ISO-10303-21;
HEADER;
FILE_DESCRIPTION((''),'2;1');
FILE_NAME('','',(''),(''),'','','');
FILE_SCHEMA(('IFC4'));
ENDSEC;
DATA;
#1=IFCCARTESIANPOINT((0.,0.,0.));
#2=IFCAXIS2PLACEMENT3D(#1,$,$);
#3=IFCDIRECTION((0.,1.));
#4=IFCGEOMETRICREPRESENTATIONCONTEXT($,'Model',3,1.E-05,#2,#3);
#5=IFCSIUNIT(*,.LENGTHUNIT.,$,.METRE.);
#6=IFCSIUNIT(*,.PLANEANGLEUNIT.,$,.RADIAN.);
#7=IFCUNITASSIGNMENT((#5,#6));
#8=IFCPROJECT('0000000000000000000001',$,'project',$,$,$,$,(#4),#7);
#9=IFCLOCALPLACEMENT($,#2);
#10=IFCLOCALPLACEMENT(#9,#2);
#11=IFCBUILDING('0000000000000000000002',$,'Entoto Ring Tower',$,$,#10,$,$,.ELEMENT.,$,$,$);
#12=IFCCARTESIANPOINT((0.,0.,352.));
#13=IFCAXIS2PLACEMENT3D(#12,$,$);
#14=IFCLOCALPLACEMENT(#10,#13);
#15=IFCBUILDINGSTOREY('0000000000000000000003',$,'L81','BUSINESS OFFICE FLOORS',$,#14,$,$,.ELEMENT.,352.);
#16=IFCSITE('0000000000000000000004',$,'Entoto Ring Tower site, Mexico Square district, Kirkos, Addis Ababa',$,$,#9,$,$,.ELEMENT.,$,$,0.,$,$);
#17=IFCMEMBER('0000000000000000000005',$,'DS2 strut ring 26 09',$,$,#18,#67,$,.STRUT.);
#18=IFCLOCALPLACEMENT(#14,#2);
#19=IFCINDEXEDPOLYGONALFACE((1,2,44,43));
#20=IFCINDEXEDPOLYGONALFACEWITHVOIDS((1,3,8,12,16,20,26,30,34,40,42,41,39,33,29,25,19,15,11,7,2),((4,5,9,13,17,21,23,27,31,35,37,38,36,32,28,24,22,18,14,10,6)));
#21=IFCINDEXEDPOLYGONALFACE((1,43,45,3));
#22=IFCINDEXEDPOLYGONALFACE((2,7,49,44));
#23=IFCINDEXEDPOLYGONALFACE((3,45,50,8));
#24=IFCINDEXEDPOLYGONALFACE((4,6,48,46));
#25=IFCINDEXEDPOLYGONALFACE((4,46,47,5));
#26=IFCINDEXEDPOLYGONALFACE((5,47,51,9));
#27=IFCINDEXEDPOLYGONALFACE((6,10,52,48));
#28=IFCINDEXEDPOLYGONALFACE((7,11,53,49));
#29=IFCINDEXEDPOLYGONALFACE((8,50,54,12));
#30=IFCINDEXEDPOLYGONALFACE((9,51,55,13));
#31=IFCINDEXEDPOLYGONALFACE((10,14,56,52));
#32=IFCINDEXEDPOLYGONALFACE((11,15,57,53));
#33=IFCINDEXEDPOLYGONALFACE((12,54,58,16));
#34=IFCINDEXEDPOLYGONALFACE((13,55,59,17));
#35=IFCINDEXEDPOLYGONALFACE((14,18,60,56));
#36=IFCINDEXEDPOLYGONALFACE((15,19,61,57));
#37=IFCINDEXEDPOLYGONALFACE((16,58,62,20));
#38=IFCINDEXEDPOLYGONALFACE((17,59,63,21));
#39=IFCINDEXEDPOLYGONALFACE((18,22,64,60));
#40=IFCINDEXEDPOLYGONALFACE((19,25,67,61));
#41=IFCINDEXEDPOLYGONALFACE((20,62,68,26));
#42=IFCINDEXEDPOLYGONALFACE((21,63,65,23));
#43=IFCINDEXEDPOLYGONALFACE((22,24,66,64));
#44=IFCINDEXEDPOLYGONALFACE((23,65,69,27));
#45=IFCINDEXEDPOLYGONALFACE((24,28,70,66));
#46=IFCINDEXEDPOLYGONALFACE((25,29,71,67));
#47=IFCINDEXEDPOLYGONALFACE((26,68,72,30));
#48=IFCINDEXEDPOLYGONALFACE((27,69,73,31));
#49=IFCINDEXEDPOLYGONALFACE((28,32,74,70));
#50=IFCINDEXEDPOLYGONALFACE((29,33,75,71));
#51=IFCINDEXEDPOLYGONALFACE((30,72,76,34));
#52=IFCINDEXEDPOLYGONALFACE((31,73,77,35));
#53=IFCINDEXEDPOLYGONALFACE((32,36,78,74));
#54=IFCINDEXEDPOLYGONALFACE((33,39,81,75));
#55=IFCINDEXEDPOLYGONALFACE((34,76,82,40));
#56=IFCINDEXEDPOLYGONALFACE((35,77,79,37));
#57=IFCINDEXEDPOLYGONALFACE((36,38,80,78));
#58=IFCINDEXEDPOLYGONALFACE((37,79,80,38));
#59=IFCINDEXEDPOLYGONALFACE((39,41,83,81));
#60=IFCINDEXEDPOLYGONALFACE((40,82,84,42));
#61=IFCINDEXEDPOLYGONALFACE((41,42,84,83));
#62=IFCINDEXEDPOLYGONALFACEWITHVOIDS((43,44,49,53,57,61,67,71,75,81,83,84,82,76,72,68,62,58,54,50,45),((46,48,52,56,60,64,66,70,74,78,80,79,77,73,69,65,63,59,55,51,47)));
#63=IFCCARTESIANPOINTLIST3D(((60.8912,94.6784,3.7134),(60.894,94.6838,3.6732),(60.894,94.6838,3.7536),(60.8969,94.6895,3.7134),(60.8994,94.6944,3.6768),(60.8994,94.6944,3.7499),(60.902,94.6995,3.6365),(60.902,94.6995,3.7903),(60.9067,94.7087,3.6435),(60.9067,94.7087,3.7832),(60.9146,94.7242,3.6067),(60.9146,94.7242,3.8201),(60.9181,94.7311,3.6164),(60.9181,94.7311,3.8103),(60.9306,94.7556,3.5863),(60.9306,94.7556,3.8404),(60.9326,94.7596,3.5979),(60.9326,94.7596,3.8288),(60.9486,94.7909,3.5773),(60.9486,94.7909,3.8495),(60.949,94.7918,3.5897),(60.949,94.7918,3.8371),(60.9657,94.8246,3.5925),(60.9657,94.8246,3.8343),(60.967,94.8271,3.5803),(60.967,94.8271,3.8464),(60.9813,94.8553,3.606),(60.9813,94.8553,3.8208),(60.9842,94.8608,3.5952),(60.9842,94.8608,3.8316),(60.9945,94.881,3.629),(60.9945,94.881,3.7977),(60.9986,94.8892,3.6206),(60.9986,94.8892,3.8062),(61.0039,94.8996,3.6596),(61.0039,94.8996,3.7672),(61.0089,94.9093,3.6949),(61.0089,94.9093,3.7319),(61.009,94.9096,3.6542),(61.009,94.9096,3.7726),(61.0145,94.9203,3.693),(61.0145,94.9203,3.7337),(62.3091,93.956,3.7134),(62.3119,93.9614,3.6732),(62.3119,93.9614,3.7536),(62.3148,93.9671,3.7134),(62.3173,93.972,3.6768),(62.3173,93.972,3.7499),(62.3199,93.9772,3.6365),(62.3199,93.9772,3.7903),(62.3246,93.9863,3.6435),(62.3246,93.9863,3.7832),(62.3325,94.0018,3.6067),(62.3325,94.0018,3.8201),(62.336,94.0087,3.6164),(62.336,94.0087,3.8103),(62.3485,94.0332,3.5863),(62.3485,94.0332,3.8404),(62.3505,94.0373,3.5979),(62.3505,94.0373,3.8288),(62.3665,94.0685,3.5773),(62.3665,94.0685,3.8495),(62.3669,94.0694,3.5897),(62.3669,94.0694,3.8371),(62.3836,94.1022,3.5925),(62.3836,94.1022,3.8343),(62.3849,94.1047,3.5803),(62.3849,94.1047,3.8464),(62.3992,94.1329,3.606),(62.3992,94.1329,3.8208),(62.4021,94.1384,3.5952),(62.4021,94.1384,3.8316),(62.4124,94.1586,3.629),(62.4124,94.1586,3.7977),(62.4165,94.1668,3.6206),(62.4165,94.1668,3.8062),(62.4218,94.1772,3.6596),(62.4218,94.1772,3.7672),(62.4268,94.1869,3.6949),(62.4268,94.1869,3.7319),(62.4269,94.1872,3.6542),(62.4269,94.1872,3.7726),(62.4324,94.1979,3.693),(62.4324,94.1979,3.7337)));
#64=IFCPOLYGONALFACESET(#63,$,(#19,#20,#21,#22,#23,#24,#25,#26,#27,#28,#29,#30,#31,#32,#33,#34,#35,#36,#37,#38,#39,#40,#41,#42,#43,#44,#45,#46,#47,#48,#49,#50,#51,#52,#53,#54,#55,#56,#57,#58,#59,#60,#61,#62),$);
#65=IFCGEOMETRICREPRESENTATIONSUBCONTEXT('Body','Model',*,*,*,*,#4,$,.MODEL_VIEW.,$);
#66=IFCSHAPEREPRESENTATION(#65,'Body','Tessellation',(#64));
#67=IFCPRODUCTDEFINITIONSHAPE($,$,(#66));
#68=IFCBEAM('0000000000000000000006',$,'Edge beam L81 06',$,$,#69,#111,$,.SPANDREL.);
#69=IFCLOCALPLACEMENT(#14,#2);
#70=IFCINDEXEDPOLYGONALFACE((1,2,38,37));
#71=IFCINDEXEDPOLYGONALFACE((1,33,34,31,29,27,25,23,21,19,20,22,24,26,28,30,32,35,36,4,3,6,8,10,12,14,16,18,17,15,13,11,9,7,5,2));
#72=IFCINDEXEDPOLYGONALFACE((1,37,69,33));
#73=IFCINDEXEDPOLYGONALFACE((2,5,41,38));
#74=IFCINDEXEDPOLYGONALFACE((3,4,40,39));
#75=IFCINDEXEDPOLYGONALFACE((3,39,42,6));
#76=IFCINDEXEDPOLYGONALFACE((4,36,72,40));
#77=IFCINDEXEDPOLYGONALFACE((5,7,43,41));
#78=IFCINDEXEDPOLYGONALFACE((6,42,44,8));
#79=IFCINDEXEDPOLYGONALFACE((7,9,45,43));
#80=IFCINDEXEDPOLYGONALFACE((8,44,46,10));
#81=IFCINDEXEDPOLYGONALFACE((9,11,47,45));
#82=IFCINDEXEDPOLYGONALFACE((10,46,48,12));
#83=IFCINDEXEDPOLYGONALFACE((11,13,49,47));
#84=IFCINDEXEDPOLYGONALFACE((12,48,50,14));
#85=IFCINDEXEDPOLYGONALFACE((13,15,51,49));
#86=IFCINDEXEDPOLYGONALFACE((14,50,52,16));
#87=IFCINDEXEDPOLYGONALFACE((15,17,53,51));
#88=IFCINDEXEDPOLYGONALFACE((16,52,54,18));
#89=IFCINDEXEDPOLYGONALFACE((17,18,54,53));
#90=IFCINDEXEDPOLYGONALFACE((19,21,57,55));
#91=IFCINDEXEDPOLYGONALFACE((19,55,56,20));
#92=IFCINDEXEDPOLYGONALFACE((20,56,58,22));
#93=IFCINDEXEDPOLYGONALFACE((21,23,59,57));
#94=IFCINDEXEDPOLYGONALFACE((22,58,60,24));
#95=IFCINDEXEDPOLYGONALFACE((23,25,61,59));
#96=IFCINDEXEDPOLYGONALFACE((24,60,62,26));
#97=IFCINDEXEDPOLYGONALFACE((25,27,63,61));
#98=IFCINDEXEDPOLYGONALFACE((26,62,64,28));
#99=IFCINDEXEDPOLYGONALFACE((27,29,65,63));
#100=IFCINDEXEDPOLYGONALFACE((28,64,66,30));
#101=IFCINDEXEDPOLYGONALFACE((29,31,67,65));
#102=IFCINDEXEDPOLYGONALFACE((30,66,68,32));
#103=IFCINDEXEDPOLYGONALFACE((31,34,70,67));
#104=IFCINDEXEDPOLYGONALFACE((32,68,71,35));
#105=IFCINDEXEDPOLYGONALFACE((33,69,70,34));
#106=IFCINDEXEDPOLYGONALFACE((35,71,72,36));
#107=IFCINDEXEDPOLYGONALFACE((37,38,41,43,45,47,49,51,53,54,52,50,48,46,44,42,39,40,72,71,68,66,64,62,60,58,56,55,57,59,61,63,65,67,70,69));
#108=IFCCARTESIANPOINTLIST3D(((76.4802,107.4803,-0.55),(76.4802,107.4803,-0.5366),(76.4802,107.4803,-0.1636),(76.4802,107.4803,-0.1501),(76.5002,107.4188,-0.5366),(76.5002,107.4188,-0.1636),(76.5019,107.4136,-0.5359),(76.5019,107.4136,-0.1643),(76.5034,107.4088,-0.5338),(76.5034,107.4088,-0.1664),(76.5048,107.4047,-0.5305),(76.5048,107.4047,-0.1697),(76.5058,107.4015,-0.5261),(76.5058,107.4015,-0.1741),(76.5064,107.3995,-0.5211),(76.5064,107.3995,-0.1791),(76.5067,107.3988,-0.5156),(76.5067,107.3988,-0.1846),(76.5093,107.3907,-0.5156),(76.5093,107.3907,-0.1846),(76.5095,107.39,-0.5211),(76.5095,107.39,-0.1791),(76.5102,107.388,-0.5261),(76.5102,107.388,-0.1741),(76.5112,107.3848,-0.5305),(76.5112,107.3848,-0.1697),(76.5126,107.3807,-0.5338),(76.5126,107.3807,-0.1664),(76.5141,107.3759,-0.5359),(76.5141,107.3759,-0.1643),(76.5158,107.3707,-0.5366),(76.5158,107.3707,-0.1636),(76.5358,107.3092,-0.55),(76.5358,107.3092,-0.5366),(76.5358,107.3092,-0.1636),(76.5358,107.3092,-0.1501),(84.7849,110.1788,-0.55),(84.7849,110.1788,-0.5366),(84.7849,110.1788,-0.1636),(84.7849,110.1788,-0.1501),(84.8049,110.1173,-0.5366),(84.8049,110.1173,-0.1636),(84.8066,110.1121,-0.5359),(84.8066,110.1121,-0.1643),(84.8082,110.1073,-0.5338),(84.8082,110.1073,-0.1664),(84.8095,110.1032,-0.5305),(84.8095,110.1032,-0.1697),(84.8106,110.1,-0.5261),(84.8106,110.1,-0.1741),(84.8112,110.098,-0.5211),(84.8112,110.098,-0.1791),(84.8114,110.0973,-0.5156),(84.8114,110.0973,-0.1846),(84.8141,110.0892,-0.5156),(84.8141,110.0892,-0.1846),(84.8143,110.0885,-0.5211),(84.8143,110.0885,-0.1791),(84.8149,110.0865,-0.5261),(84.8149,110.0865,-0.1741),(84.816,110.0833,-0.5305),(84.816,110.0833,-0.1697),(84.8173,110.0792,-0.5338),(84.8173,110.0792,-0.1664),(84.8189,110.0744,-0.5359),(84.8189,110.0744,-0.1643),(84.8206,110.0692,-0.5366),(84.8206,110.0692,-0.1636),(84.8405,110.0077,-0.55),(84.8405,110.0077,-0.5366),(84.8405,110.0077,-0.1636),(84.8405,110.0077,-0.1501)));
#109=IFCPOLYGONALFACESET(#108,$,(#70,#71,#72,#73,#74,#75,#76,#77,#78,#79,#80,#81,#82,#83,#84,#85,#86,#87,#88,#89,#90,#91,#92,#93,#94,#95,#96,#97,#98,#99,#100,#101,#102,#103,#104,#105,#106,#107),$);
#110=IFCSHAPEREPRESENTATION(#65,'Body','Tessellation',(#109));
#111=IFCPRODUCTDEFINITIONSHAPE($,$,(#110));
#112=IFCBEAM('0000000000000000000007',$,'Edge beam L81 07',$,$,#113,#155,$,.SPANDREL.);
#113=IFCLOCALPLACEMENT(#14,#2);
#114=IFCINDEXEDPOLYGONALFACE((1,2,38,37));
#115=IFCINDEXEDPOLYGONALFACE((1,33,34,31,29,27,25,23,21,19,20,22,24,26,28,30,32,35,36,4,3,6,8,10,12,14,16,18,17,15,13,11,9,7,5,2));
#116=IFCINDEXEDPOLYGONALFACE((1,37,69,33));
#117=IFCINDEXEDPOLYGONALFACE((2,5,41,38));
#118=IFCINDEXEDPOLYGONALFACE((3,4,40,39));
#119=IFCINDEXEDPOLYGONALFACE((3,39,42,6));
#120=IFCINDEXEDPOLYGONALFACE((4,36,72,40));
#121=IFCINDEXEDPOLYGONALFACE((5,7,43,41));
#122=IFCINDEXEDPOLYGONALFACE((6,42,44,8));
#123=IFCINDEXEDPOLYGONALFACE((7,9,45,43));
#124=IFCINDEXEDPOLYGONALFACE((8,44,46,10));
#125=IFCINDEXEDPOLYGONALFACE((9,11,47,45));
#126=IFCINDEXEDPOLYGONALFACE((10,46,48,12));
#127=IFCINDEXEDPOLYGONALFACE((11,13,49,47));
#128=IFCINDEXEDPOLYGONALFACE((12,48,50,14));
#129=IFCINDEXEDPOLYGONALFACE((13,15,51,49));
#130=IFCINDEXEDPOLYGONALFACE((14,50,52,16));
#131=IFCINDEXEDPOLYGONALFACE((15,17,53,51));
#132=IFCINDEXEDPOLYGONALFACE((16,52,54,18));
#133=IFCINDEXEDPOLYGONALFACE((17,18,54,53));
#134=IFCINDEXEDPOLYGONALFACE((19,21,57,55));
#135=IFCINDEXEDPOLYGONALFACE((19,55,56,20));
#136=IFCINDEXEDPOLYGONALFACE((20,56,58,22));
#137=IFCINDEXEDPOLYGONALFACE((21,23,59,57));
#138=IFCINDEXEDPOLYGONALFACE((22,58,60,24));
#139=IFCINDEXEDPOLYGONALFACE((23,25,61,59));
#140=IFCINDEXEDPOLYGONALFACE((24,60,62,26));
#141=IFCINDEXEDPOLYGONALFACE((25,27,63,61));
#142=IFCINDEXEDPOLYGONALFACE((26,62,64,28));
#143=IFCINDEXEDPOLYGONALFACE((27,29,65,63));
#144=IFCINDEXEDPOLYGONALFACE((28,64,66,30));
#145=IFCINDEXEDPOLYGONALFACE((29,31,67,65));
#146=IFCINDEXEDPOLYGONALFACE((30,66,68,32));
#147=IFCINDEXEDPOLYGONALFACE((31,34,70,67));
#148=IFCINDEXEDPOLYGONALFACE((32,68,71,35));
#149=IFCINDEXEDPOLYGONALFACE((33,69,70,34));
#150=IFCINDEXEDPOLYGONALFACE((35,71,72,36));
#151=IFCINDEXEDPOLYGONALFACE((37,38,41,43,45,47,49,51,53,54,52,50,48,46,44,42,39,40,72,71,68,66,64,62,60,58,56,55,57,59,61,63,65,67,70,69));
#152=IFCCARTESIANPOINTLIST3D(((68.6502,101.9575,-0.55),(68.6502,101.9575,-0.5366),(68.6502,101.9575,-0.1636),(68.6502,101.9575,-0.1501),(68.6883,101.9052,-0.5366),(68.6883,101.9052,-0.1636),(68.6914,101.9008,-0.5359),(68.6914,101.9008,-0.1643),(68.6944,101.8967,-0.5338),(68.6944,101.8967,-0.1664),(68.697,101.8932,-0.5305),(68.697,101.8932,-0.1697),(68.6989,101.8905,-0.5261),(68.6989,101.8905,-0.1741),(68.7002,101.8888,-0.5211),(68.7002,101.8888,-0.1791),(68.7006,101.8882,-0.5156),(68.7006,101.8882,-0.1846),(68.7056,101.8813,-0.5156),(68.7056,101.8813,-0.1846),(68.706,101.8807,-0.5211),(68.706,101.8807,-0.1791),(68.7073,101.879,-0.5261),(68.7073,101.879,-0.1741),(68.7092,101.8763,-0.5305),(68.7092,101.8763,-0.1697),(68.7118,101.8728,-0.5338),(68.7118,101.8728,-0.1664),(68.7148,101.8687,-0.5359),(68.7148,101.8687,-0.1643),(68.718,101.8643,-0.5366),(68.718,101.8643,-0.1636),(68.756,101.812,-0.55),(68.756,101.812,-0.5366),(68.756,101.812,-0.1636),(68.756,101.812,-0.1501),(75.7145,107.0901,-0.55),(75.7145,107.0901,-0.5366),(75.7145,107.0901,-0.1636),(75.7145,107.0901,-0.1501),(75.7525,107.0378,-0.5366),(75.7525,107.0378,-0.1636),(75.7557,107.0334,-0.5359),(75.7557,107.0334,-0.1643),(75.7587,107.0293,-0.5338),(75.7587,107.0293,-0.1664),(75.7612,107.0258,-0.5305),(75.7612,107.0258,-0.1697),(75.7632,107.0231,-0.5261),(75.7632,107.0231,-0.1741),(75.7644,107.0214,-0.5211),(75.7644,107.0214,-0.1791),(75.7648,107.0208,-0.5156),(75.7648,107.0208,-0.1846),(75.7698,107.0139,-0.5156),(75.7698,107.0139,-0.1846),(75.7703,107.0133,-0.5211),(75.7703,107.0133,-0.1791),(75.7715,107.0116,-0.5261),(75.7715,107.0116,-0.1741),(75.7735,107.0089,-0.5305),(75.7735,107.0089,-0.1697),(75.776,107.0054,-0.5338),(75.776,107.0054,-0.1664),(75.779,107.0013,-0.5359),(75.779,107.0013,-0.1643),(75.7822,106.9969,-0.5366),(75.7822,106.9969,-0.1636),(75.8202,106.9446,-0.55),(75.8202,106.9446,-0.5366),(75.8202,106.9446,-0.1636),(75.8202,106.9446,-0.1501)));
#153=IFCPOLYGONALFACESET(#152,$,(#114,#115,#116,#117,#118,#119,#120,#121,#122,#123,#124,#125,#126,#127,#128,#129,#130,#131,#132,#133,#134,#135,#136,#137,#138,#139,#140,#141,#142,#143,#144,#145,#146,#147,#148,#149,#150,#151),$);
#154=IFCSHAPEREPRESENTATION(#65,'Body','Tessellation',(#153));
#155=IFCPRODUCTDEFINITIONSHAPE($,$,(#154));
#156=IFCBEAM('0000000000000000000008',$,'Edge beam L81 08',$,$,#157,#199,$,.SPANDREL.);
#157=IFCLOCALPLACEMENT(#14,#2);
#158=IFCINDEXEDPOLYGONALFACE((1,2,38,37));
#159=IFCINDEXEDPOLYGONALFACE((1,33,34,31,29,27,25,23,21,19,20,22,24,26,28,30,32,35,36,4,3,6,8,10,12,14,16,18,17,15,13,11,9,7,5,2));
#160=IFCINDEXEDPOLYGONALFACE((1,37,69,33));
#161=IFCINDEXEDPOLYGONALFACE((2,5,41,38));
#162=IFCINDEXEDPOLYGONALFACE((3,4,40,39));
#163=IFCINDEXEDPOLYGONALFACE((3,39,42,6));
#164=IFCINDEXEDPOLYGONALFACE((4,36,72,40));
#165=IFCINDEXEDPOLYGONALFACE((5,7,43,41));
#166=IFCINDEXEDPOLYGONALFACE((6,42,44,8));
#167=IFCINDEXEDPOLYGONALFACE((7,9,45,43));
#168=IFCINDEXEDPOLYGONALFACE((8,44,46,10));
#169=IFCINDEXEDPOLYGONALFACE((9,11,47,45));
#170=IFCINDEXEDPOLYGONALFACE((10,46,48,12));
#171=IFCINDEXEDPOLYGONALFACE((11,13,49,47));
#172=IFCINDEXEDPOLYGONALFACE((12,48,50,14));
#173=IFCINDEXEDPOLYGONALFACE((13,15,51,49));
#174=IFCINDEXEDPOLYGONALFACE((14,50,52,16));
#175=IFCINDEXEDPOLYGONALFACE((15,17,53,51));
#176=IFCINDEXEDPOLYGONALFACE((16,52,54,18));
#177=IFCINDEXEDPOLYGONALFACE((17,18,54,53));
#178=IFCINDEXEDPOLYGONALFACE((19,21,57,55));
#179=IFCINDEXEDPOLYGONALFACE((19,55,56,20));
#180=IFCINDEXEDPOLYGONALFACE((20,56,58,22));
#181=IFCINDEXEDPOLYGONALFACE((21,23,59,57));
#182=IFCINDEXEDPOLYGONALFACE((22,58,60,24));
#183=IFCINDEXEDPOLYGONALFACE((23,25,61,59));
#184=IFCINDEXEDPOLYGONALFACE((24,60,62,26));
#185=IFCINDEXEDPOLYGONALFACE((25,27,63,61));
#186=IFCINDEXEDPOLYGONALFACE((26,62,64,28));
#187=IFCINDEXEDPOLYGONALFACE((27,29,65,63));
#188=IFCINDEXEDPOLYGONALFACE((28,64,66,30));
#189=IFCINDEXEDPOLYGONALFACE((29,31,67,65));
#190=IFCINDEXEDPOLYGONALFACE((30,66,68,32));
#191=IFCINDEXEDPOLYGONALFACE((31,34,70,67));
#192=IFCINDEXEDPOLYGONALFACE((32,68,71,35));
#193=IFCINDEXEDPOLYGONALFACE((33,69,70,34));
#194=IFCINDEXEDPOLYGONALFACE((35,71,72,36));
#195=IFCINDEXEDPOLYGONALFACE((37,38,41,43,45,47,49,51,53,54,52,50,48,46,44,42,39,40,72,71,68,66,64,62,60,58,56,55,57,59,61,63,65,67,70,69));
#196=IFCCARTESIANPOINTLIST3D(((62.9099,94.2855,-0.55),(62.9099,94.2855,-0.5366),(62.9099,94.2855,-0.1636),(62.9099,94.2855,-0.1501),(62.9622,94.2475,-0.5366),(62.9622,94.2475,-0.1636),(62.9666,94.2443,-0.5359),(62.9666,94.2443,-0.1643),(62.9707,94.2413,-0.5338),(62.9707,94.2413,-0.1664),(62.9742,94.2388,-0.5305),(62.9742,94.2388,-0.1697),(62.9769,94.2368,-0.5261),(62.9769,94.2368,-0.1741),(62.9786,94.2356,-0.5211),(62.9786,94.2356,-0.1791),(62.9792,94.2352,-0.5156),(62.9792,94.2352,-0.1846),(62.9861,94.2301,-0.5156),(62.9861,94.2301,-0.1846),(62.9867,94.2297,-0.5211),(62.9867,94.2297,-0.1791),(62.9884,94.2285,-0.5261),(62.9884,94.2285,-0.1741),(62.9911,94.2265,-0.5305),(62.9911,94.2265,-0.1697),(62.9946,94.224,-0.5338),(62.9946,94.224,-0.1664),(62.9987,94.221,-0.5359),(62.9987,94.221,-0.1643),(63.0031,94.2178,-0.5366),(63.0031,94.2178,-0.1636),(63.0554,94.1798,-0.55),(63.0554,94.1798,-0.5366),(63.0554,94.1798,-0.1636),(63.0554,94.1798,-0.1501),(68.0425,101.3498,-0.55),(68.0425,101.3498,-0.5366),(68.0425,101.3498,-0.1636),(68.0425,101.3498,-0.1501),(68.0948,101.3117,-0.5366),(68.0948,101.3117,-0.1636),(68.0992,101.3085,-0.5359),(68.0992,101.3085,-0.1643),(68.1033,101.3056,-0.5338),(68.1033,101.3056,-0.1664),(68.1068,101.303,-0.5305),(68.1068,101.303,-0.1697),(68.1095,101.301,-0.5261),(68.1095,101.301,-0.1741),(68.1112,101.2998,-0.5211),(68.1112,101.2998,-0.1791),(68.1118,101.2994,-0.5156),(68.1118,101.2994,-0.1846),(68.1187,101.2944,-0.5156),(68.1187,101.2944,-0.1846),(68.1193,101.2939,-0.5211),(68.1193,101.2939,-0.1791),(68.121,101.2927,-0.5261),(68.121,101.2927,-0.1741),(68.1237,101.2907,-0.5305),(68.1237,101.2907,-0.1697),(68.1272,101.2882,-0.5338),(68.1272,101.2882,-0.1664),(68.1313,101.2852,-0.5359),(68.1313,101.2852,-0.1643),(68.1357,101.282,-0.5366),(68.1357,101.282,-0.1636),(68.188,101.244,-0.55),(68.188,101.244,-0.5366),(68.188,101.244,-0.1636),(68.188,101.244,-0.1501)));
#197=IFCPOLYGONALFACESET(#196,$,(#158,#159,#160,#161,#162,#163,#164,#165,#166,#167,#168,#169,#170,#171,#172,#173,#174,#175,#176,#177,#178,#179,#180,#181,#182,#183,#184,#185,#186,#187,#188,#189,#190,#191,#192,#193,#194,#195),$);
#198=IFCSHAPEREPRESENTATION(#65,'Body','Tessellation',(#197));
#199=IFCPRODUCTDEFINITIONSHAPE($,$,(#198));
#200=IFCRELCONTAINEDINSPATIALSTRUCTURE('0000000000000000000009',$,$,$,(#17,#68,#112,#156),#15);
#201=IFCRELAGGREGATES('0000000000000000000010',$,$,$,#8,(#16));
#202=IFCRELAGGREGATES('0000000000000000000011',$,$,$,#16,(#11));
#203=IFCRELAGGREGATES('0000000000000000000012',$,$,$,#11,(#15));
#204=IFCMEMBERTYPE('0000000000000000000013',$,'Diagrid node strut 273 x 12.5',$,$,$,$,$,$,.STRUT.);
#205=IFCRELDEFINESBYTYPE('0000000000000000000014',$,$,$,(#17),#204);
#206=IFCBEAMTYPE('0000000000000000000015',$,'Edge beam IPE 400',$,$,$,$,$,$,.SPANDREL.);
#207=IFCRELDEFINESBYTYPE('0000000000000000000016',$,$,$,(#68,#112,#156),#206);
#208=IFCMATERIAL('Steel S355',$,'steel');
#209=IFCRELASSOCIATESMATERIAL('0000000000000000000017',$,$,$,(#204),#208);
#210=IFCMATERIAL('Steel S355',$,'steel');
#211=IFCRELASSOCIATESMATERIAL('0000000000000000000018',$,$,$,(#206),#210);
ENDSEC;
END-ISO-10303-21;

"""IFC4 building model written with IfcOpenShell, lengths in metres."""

from ifc_helpers import new_model, si_unit, direction, frame, origin, origin_2d, place, context, subcontext, project, spatial, circle, hollow_circle, i_section, extrude, material, material_profile, profile_set, type_object, element, save


model = new_model("IFC4")

# Units and contexts
model_context = context("Model", 3, precision=1e-05, world=origin(), true_north=direction((0.0, 1.0)))
body_context = subcontext(model_context, "Body", "Model", "MODEL_VIEW")
ifc_project = project(units=[si_unit("LENGTHUNIT", "METRE"), si_unit("PLANEANGLEUNIT", "RADIAN")], contexts=[model_context])

# Site, building, storey
site_placement = place(None, origin())
site = spatial("IfcSite", under=ifc_project, at=site_placement, Name="Entoto Ring Tower site, Mexico Square district, Kirkos, Addis Ababa", CompositionType="ELEMENT", RefElevation=0.0)
building_placement = place(site_placement, origin())
building = spatial("IfcBuilding", under=site, at=building_placement, Name="Entoto Ring Tower", CompositionType="ELEMENT")
storey_placement = place(building_placement, frame((0.0, 0.0, 352.0)))
storey = spatial("IfcBuildingStorey", under=building, at=storey_placement, Name="L81", Description="BUSINESS OFFICE FLOORS", CompositionType="ELEMENT", Elevation=352.0)

# Member
ifc_material_1 = material(Name="Steel S355", Category="steel")
ifc_material_profile_1 = material_profile(ifc_material_1, hollow_circle(Radius=0.1365, WallThickness=0.0125, at=origin_2d()), Name="CHS 273 x 12.5")
ifc_material_2 = material(Name="Concrete C60/75", Category="concrete")
ifc_material_profile_2 = material_profile(ifc_material_2, circle(Radius=0.124, at=origin_2d()), Name="Concrete C60/75 infill")
ifc_profile_set_1 = profile_set([ifc_material_profile_1, ifc_material_profile_2], Name="Steel S355")
member_type = type_object("IfcMemberType", Name="Diagrid node strut 273 x 12.5", PredefinedType="STRUT", material=ifc_profile_set_1)
for number, where, z_axis, x_axis, name in (
    (1, (62.3711, 94.0776, 3.7134), (-0.891027, 0.453951, 0.0), (-0.453951, -0.891027, 0.0), "DS2 strut ring 26 09"),
):
    element("IfcMember", number, at=place(storey_placement, frame(where, z_axis=z_axis, x_axis=x_axis)), inside=storey, type_object=member_type, Name=name, PredefinedType="STRUT", context=body_context, shape_type="SweptSolid", body=[
        extrude(hollow_circle(Radius=0.1365, WallThickness=0.0125, at=origin_2d()), origin(), (0.0, 0.0, 1.0), 1.5913),
    ])

# Beams
ifc_material_3 = material(Name="Steel S355", Category="steel")
ifc_material_profile_3 = material_profile(ifc_material_3, i_section(OverallWidth=0.1799, OverallDepth=0.3999, WebThickness=0.0085, FlangeThickness=0.0134, FilletRadius=0.021, at=origin_2d()), Name="IPE 400")
ifc_profile_set_2 = profile_set([ifc_material_profile_3], Name="Steel S355")
beam_type_1 = type_object("IfcBeamType", Name="Edge beam IPE 400", PredefinedType="SPANDREL", material=ifc_profile_set_2)
beam_1_placement = place(storey_placement, frame((84.8127, 110.0933, -0.3501), z_axis=(-0.951052, -0.30903, 0.0), x_axis=(0.30903, -0.951052, 0.0)))
element("IfcBeam", 2, at=beam_1_placement, inside=storey, type_object=beam_type_1, Name="Edge beam L81 06", PredefinedType="SPANDREL", context=body_context, shape_type="SweptSolid", body=[
    extrude(i_section(OverallWidth=0.1799, OverallDepth=0.3999, WebThickness=0.0085, FlangeThickness=0.0134, FilletRadius=0.021, at=origin_2d()), origin(), (0.0, 0.0, 1.0), 8.7322),
])
for number, where, z_axis, x_axis, name in (
    (3, (75.7673, 107.0173, -0.3501), (-0.80901, -0.587794, 0.0), (0.587794, -0.80901, 0.0), "Edge beam L81 07"),
    (4, (68.1152, 101.2969, -0.3501), (-0.587794, -0.80901, 0.0), (0.80901, -0.587794, 0.0), "Edge beam L81 08"),
):
    element("IfcBeam", number, at=place(storey_placement, frame(where, z_axis=z_axis, x_axis=x_axis)), inside=storey, type_object=beam_type_1, Name=name, PredefinedType="SPANDREL", context=body_context, shape_type="SweptSolid", body=[
        extrude(i_section(OverallWidth=0.1799, OverallDepth=0.3999, WebThickness=0.0085, FlangeThickness=0.0134, FilletRadius=0.021, at=origin_2d()), origin(), (0.0, 0.0, 1.0), 8.7319),
    ])

save(model, "model.ifc")
